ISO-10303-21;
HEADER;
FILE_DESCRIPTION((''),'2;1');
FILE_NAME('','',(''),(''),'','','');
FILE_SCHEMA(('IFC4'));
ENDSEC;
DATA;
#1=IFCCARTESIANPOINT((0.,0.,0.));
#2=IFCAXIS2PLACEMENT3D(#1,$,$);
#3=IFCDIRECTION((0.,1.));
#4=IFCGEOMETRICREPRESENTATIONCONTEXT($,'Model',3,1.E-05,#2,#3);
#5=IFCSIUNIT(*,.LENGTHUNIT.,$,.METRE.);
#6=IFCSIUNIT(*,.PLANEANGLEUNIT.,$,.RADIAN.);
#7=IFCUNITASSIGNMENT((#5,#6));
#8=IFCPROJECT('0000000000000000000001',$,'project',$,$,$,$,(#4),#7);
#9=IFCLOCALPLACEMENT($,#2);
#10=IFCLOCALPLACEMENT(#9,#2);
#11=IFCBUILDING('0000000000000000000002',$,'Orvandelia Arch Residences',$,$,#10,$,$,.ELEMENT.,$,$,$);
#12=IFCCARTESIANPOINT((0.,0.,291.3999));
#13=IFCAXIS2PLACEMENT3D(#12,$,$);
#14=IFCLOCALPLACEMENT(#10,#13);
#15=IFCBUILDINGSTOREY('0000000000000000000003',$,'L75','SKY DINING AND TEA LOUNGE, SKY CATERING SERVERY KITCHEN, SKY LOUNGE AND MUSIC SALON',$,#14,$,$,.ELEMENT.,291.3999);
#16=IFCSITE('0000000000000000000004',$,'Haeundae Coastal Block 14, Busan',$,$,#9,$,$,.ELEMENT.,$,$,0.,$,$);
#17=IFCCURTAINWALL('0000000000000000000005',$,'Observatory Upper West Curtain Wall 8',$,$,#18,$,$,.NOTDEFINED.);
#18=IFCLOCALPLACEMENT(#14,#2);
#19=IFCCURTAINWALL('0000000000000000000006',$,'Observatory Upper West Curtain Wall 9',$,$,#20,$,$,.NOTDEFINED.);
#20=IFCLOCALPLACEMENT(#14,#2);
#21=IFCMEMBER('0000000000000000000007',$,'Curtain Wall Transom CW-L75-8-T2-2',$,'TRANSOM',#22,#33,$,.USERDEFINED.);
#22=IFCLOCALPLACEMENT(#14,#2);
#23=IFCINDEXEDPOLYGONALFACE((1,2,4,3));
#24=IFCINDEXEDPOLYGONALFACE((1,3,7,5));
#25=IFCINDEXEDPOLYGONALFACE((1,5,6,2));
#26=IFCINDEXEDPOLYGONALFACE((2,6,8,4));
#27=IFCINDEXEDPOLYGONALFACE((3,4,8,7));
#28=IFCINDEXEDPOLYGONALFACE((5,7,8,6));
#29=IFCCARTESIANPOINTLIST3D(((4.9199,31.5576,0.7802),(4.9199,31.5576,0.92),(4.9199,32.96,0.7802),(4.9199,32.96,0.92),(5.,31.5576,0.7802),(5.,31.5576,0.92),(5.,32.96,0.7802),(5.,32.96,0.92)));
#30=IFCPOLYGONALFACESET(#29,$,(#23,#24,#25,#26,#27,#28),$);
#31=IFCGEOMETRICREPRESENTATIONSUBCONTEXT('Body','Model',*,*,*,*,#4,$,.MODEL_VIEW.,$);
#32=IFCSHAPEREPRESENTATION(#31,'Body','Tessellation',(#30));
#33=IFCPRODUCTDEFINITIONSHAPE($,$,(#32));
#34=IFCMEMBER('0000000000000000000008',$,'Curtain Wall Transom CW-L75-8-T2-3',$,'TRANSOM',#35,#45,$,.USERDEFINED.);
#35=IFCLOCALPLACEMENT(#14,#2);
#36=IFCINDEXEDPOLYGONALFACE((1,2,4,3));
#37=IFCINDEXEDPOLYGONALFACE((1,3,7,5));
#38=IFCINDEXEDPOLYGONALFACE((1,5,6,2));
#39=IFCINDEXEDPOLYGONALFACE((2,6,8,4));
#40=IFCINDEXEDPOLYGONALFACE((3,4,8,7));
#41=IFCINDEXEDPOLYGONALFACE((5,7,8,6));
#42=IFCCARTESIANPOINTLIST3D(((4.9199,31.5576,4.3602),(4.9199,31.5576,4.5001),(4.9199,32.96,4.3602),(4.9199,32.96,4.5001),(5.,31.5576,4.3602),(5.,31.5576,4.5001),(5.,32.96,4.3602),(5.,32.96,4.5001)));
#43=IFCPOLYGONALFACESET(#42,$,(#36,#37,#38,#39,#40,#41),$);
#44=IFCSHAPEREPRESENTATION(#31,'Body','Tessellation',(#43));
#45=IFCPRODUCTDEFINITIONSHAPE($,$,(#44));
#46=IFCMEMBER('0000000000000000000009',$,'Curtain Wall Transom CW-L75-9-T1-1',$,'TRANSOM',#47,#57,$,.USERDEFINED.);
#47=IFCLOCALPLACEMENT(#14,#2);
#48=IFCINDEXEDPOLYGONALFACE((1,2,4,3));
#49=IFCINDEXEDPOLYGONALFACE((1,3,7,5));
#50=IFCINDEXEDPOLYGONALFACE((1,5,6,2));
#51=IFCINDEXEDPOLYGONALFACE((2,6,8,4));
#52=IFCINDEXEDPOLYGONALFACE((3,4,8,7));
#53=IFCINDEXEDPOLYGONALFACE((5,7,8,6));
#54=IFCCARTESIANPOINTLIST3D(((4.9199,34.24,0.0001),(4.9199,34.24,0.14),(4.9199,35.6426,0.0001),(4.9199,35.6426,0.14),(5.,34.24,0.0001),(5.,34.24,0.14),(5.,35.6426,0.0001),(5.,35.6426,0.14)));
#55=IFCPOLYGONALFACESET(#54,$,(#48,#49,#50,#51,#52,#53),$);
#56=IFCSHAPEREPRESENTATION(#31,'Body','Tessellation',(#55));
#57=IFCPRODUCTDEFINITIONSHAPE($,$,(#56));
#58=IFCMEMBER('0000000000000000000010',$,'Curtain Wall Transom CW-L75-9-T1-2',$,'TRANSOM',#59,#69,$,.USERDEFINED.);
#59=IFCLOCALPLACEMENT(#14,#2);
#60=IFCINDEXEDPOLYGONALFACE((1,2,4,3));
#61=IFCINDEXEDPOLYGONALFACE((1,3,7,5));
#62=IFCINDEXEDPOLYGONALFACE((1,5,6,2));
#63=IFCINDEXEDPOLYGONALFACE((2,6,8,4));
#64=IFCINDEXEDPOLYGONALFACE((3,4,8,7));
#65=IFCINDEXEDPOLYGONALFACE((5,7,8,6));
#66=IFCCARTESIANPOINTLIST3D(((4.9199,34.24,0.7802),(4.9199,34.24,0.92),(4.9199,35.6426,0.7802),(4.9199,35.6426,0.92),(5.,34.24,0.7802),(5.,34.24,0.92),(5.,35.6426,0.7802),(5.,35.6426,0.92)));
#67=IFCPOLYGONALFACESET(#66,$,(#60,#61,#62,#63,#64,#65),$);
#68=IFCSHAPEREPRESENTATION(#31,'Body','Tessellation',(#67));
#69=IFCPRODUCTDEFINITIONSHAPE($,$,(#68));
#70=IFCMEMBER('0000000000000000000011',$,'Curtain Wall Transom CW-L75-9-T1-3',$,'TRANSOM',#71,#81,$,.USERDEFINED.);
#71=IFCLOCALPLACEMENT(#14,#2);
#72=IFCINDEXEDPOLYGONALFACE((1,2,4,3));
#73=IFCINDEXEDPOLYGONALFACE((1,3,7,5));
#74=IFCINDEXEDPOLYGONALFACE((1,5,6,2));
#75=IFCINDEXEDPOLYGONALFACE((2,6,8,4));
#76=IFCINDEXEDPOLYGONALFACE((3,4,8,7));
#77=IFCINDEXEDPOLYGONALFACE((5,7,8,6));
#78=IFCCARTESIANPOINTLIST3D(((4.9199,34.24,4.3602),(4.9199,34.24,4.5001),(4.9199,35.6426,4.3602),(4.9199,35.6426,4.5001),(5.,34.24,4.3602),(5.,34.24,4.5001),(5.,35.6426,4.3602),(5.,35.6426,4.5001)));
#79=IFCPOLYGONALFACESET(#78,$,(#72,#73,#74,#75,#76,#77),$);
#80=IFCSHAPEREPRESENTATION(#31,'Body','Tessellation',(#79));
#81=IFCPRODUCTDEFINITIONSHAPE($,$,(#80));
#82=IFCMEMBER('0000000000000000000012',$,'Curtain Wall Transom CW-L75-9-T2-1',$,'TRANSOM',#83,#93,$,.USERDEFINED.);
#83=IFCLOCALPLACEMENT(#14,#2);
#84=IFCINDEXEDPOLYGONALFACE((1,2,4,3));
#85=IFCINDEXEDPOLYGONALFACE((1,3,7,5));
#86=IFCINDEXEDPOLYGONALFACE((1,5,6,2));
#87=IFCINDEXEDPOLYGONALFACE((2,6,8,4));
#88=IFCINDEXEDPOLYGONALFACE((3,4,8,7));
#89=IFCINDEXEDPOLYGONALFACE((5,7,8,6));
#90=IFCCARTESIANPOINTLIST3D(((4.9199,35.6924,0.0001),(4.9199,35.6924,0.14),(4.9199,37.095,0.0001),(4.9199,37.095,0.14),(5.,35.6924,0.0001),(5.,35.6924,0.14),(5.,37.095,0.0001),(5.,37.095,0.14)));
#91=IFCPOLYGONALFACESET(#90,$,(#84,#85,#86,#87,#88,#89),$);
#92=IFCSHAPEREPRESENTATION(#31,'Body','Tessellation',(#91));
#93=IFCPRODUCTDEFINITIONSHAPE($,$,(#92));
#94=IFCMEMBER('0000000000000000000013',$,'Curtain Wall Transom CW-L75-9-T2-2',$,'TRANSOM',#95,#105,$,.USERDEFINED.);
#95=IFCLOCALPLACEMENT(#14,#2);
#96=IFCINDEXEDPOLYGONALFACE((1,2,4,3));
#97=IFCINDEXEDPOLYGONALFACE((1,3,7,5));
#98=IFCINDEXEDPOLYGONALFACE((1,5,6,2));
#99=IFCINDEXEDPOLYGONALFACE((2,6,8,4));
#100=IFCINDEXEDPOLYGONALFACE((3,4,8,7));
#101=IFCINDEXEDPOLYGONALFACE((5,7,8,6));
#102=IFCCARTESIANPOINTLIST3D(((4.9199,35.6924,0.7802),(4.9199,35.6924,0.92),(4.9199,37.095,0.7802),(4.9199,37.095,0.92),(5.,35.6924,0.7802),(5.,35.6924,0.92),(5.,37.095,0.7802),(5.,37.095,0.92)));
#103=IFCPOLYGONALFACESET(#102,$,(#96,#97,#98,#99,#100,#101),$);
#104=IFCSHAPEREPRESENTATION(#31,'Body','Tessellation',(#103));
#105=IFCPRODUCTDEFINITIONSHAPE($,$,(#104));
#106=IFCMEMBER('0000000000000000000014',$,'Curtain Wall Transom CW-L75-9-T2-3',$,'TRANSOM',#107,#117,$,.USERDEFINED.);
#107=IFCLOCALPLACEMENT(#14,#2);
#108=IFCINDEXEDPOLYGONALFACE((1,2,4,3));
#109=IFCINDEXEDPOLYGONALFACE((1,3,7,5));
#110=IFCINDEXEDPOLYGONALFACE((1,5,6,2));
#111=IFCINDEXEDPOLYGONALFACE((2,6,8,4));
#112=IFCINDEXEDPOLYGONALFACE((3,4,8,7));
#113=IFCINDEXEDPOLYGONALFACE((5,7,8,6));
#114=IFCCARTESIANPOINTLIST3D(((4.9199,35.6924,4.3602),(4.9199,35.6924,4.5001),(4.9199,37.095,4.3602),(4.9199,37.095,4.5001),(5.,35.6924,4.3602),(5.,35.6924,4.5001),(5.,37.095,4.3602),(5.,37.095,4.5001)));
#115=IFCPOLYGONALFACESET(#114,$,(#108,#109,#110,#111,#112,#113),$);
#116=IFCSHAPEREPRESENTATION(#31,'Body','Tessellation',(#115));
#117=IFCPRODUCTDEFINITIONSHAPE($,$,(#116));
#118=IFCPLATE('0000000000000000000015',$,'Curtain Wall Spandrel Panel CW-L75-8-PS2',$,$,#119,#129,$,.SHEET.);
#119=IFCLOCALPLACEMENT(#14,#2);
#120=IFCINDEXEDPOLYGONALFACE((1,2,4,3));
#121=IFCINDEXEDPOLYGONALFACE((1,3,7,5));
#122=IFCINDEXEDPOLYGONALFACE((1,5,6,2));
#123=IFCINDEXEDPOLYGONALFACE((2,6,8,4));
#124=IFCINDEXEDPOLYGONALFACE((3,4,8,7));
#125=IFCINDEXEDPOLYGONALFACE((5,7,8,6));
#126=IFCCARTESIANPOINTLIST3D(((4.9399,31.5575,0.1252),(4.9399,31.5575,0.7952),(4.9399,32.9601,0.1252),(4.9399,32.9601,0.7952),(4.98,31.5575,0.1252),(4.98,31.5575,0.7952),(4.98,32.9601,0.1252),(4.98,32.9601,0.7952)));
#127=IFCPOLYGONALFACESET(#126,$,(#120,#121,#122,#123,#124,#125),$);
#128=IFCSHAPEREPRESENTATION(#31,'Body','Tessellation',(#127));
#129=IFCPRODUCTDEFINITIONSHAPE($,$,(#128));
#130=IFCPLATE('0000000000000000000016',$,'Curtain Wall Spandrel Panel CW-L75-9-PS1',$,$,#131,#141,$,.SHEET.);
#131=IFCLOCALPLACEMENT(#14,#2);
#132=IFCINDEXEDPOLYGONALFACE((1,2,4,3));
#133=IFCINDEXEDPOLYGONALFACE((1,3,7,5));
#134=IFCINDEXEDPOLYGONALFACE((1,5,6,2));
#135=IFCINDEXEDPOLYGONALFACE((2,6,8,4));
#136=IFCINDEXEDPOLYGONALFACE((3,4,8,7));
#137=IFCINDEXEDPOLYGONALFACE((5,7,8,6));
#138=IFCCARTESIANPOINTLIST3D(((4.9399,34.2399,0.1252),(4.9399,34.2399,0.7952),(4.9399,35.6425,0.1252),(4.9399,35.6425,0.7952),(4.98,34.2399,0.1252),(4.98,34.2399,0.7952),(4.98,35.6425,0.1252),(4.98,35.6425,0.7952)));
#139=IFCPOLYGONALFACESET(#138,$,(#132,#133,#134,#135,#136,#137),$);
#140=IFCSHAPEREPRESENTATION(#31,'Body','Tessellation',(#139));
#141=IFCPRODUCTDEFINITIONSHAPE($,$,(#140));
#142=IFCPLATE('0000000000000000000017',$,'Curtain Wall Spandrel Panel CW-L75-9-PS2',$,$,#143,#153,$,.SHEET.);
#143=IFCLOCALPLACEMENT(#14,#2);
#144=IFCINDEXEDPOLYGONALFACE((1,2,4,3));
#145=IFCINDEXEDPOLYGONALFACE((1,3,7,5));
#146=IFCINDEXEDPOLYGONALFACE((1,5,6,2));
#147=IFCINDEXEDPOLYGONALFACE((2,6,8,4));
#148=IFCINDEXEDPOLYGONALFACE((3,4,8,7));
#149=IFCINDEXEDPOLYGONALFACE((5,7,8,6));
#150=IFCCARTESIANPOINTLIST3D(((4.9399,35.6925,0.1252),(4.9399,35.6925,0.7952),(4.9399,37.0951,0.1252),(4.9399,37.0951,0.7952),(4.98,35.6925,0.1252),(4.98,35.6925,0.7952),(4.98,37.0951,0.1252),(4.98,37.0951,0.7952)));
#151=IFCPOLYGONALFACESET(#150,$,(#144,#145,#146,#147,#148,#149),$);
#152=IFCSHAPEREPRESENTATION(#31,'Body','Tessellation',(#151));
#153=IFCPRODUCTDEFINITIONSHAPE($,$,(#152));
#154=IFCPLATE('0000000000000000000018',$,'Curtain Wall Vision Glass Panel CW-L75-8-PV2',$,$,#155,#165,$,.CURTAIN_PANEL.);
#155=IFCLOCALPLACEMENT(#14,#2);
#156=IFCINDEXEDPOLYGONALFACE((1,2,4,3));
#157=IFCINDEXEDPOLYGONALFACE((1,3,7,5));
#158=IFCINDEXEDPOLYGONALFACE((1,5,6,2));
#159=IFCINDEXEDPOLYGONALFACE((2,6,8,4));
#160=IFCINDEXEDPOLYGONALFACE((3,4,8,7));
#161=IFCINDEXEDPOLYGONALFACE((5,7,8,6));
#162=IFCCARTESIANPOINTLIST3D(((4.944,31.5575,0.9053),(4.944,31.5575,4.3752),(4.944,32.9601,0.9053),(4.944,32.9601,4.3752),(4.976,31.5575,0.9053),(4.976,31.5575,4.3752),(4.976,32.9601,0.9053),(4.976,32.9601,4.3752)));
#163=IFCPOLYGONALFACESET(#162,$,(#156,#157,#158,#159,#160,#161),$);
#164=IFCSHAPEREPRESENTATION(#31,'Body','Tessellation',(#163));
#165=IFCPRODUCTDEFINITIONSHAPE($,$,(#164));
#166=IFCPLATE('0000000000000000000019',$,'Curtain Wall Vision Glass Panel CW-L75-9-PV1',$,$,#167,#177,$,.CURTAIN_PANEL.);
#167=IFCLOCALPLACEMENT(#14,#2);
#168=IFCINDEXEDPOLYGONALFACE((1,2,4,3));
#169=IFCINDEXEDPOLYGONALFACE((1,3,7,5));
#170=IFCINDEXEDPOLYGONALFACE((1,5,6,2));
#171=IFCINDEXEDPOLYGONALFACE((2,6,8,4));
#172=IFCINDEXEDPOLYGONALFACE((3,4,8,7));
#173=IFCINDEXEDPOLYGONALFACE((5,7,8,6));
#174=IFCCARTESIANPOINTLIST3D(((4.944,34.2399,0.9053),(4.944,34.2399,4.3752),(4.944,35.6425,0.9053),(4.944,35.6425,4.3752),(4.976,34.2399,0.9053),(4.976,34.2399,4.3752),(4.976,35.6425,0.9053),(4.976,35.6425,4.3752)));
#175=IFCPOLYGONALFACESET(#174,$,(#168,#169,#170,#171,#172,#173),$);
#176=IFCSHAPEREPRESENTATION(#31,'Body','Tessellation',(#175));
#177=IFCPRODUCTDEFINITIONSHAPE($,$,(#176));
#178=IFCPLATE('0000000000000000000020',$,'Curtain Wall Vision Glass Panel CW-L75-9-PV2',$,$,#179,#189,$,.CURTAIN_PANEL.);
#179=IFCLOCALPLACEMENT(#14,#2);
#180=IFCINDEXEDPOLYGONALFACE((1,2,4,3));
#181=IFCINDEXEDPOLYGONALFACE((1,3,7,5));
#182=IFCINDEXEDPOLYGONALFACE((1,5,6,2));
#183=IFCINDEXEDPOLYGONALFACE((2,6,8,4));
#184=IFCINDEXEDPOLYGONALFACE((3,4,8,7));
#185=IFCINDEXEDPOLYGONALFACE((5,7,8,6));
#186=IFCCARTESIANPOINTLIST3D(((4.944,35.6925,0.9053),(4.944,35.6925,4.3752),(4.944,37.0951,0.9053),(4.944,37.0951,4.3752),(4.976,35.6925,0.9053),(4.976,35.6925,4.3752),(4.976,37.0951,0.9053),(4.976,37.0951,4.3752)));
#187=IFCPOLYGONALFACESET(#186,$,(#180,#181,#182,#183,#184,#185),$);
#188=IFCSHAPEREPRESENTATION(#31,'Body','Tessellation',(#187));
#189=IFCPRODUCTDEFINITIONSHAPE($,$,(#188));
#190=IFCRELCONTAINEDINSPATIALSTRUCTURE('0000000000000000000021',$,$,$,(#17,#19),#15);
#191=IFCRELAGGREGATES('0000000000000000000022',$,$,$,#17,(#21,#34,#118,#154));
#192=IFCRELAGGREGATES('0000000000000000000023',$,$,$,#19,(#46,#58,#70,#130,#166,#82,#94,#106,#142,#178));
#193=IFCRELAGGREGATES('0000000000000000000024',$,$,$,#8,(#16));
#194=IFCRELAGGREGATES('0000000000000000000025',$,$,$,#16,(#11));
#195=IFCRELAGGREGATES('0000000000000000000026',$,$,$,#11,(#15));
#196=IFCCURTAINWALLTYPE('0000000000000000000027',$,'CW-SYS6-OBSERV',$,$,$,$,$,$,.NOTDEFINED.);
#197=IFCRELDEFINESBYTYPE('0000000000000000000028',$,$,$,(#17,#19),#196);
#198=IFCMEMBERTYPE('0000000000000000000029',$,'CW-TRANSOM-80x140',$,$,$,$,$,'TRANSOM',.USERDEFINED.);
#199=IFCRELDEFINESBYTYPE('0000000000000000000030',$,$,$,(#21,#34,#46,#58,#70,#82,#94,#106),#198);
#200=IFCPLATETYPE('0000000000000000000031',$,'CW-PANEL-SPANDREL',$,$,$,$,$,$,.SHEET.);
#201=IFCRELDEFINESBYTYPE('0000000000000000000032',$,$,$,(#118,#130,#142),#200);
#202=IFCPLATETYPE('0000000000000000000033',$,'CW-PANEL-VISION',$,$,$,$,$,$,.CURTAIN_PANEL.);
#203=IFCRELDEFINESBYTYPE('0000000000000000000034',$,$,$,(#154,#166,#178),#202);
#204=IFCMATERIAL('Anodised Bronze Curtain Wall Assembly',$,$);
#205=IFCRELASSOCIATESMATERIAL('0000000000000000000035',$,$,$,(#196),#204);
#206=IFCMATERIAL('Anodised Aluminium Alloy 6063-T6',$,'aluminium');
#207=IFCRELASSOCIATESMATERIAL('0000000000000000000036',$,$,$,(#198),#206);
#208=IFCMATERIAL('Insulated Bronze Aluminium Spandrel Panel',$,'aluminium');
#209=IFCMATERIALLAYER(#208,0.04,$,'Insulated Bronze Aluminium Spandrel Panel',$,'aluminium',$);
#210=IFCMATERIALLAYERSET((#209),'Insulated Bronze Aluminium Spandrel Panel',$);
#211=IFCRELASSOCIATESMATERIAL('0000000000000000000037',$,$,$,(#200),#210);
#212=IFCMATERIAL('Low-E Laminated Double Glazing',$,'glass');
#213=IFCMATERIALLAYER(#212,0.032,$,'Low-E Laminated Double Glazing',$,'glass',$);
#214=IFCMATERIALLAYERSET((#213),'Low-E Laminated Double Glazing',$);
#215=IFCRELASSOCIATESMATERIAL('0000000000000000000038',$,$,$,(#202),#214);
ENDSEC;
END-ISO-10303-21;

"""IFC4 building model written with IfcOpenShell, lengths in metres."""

from ifc_helpers import new_model, si_unit, direction, frame, origin, origin_2d, place, context, subcontext, project, spatial, rectangle, extrude, material, layer, layer_set, material_profile, profile_set, type_object, element, aggregate, save


model = new_model("IFC4")

# Units and contexts
model_context = context("Model", 3, precision=1e-05, world=origin(), true_north=direction((0.0, 1.0)))
body_context = subcontext(model_context, "Body", "Model", "MODEL_VIEW")
ifc_project = project(units=[si_unit("LENGTHUNIT", "METRE"), si_unit("PLANEANGLEUNIT", "RADIAN")], contexts=[model_context])

# Site, building, storey
site_placement = place(None, origin())
site = spatial("IfcSite", under=ifc_project, at=site_placement, Name="Haeundae Coastal Block 14, Busan", CompositionType="ELEMENT", RefElevation=0.0)
building_placement = place(site_placement, origin())
building = spatial("IfcBuilding", under=site, at=building_placement, Name="Orvandelia Arch Residences", CompositionType="ELEMENT")
storey_placement = place(building_placement, frame((0.0, 0.0, 291.3999)))
storey = spatial("IfcBuildingStorey", under=building, at=storey_placement, Name="L75", Description="SKY DINING AND TEA LOUNGE, SKY CATERING SERVERY KITCHEN, SKY LOUNGE AND MUSIC SALON", CompositionType="ELEMENT", Elevation=291.3999)

# Curtain walls
ifc_material_1 = material(Name="Anodised Bronze Curtain Wall Assembly")
curtain_wall_type = type_object("IfcCurtainWallType", Name="CW-SYS6-OBSERV", PredefinedType="NOTDEFINED", material=ifc_material_1)
curtain_wall_1_placement = place(storey_placement, origin())
curtain_wall_1 = element("IfcCurtainWall", 1, at=curtain_wall_1_placement, inside=storey, type_object=curtain_wall_type, Name="Observatory Upper West Curtain Wall 8", PredefinedType="NOTDEFINED")
ifc_material_2 = material(Name="Anodised Aluminium Alloy 6063-T6", Category="aluminium")
curtain_wall_2_placement = place(storey_placement, origin())
curtain_wall_2 = element("IfcCurtainWall", 2, at=curtain_wall_2_placement, inside=storey, type_object=curtain_wall_type, Name="Observatory Upper West Curtain Wall 9", PredefinedType="NOTDEFINED")

# Members
ifc_material_profile_1 = material_profile(ifc_material_2, rectangle(XDim=0.0801, YDim=0.1399, at=origin_2d()), Name="Anodised Aluminium Alloy 6063-T6", Category="aluminium")
ifc_profile_set_1 = profile_set([ifc_material_profile_1], Name="Anodised Aluminium Alloy 6063-T6")
member_type_1 = type_object("IfcMemberType", Name="CW-TRANSOM-80x140", ElementType="TRANSOM", PredefinedType="USERDEFINED", material=ifc_profile_set_1)
member_1_placement = place(storey_placement, frame((4.96, 31.5576, 0.8501), z_axis=(0.0, 1.0, 0.0), x_axis=(-1.0, 0.0, 0.0)))
member_1 = element("IfcMember", 3, at=member_1_placement, type_object=member_type_1, Name="Curtain Wall Transom CW-L75-8-T2-2", ObjectType="TRANSOM", PredefinedType="USERDEFINED", context=body_context, shape_type="SweptSolid", body=[
    extrude(rectangle(XDim=0.0801, YDim=0.1399, at=origin_2d()), origin(), (0.0, 0.0, 1.0), 1.4023),
])
member_2_placement = place(storey_placement, frame((4.96, 31.5576, 4.4302), z_axis=(0.0, 1.0, 0.0), x_axis=(-1.0, 0.0, 0.0)))
member_2 = element("IfcMember", 4, at=member_2_placement, type_object=member_type_1, Name="Curtain Wall Transom CW-L75-8-T2-3", ObjectType="TRANSOM", PredefinedType="USERDEFINED", context=body_context, shape_type="SweptSolid", body=[
    extrude(rectangle(XDim=0.0801, YDim=0.1399, at=origin_2d()), origin(), (0.0, 0.0, 1.0), 1.4023),
])
member_3_placement = place(storey_placement, frame((4.96, 34.24, 0.0701), z_axis=(0.0, 1.0, 0.0), x_axis=(-1.0, 0.0, 0.0)))
member_3 = element("IfcMember", 5, at=member_3_placement, type_object=member_type_1, Name="Curtain Wall Transom CW-L75-9-T1-1", ObjectType="TRANSOM", PredefinedType="USERDEFINED", context=body_context, shape_type="SweptSolid", body=[
    extrude(rectangle(XDim=0.0801, YDim=0.1399, at=origin_2d()), origin(), (0.0, 0.0, 1.0), 1.4026),
])
member_4_placement = place(storey_placement, frame((4.96, 34.24, 0.8501), z_axis=(0.0, 1.0, 0.0), x_axis=(-1.0, 0.0, 0.0)))
member_4 = element("IfcMember", 6, at=member_4_placement, type_object=member_type_1, Name="Curtain Wall Transom CW-L75-9-T1-2", ObjectType="TRANSOM", PredefinedType="USERDEFINED", context=body_context, shape_type="SweptSolid", body=[
    extrude(rectangle(XDim=0.0801, YDim=0.1399, at=origin_2d()), origin(), (0.0, 0.0, 1.0), 1.4026),
])
member_5_placement = place(storey_placement, frame((4.96, 34.24, 4.4302), z_axis=(0.0, 1.0, 0.0), x_axis=(-1.0, 0.0, 0.0)))
member_5 = element("IfcMember", 7, at=member_5_placement, type_object=member_type_1, Name="Curtain Wall Transom CW-L75-9-T1-3", ObjectType="TRANSOM", PredefinedType="USERDEFINED", context=body_context, shape_type="SweptSolid", body=[
    extrude(rectangle(XDim=0.0801, YDim=0.1399, at=origin_2d()), origin(), (0.0, 0.0, 1.0), 1.4026),
])
member_6_placement = place(storey_placement, frame((4.96, 35.6924, 0.0701), z_axis=(0.0, 1.0, 0.0), x_axis=(-1.0, 0.0, 0.0)))
member_6 = element("IfcMember", 8, at=member_6_placement, type_object=member_type_1, Name="Curtain Wall Transom CW-L75-9-T2-1", ObjectType="TRANSOM", PredefinedType="USERDEFINED", context=body_context, shape_type="SweptSolid", body=[
    extrude(rectangle(XDim=0.0801, YDim=0.1399, at=origin_2d()), origin(), (0.0, 0.0, 1.0), 1.4026),
])
member_7_placement = place(storey_placement, frame((4.96, 35.6924, 0.8501), z_axis=(0.0, 1.0, 0.0), x_axis=(-1.0, 0.0, 0.0)))
member_7 = element("IfcMember", 9, at=member_7_placement, type_object=member_type_1, Name="Curtain Wall Transom CW-L75-9-T2-2", ObjectType="TRANSOM", PredefinedType="USERDEFINED", context=body_context, shape_type="SweptSolid", body=[
    extrude(rectangle(XDim=0.0801, YDim=0.1399, at=origin_2d()), origin(), (0.0, 0.0, 1.0), 1.4026),
])
member_8_placement = place(storey_placement, frame((4.96, 35.6924, 4.4302), z_axis=(0.0, 1.0, 0.0), x_axis=(-1.0, 0.0, 0.0)))
member_8 = element("IfcMember", 10, at=member_8_placement, type_object=member_type_1, Name="Curtain Wall Transom CW-L75-9-T2-3", ObjectType="TRANSOM", PredefinedType="USERDEFINED", context=body_context, shape_type="SweptSolid", body=[
    extrude(rectangle(XDim=0.0801, YDim=0.1399, at=origin_2d()), origin(), (0.0, 0.0, 1.0), 1.4026),
])

# Plates
ifc_material_3 = material(Name="Insulated Bronze Aluminium Spandrel Panel", Category="aluminium")
ifc_layer_1 = layer(ifc_material_3, 0.04, Name="Insulated Bronze Aluminium Spandrel Panel", Category="aluminium")
ifc_layer_set_1 = layer_set([ifc_layer_1], Name="Insulated Bronze Aluminium Spandrel Panel")
plate_type_1 = type_object("IfcPlateType", Name="CW-PANEL-SPANDREL", PredefinedType="SHEET", material=ifc_layer_set_1)
plate_1_placement = place(storey_placement, frame((4.96, 32.2588, 0.1252), z_axis=(0.0, 0.0, 1.0), x_axis=(0.0, 1.0, 0.0)))
plate_1 = element("IfcPlate", 11, at=plate_1_placement, type_object=plate_type_1, Name="Curtain Wall Spandrel Panel CW-L75-8-PS2", PredefinedType="SHEET", context=body_context, shape_type="SweptSolid", body=[
    extrude(rectangle(XDim=1.4026, YDim=0.04, at=origin_2d()), origin(), (0.0, 0.0, 1.0), 0.6699),
])
plate_2_placement = place(storey_placement, frame((4.96, 34.9412, 0.1252), z_axis=(0.0, 0.0, 1.0), x_axis=(0.0, 1.0, 0.0)))
plate_2 = element("IfcPlate", 12, at=plate_2_placement, type_object=plate_type_1, Name="Curtain Wall Spandrel Panel CW-L75-9-PS1", PredefinedType="SHEET", context=body_context, shape_type="SweptSolid", body=[
    extrude(rectangle(XDim=1.4026, YDim=0.04, at=origin_2d()), origin(), (0.0, 0.0, 1.0), 0.6699),
])
plate_3_placement = place(storey_placement, frame((4.96, 36.3938, 0.1252), z_axis=(0.0, 0.0, 1.0), x_axis=(0.0, 1.0, 0.0)))
plate_3 = element("IfcPlate", 13, at=plate_3_placement, type_object=plate_type_1, Name="Curtain Wall Spandrel Panel CW-L75-9-PS2", PredefinedType="SHEET", context=body_context, shape_type="SweptSolid", body=[
    extrude(rectangle(XDim=1.4026, YDim=0.04, at=origin_2d()), origin(), (0.0, 0.0, 1.0), 0.6699),
])
ifc_material_4 = material(Name="Low-E Laminated Double Glazing", Category="glass")
ifc_layer_2 = layer(ifc_material_4, 0.032, Name="Low-E Laminated Double Glazing", Category="glass")
ifc_layer_set_2 = layer_set([ifc_layer_2], Name="Low-E Laminated Double Glazing")
plate_type_2 = type_object("IfcPlateType", Name="CW-PANEL-VISION", PredefinedType="CURTAIN_PANEL", material=ifc_layer_set_2)
plate_4_placement = place(storey_placement, frame((4.96, 32.2588, 0.9053), z_axis=(0.0, 0.0, 1.0), x_axis=(0.0, 1.0, 0.0)))
plate_4 = element("IfcPlate", 14, at=plate_4_placement, type_object=plate_type_2, Name="Curtain Wall Vision Glass Panel CW-L75-8-PV2", PredefinedType="CURTAIN_PANEL", context=body_context, shape_type="SweptSolid", body=[
    extrude(rectangle(XDim=1.4026, YDim=0.032, at=origin_2d()), origin(), (0.0, 0.0, 1.0), 3.47),
])
aggregate(curtain_wall_1, [member_1, member_2, plate_1, plate_4])
plate_5_placement = place(storey_placement, frame((4.96, 34.9412, 0.9053), z_axis=(0.0, 0.0, 1.0), x_axis=(0.0, 1.0, 0.0)))
plate_5 = element("IfcPlate", 15, at=plate_5_placement, type_object=plate_type_2, Name="Curtain Wall Vision Glass Panel CW-L75-9-PV1", PredefinedType="CURTAIN_PANEL", context=body_context, shape_type="SweptSolid", body=[
    extrude(rectangle(XDim=1.4026, YDim=0.032, at=origin_2d()), origin(), (0.0, 0.0, 1.0), 3.47),
])
plate_6_placement = place(storey_placement, frame((4.96, 36.3938, 0.9053), z_axis=(0.0, 0.0, 1.0), x_axis=(0.0, 1.0, 0.0)))
plate_6 = element("IfcPlate", 16, at=plate_6_placement, type_object=plate_type_2, Name="Curtain Wall Vision Glass Panel CW-L75-9-PV2", PredefinedType="CURTAIN_PANEL", context=body_context, shape_type="SweptSolid", body=[
    extrude(rectangle(XDim=1.4026, YDim=0.032, at=origin_2d()), origin(), (0.0, 0.0, 1.0), 3.47),
])
aggregate(curtain_wall_2, [member_3, member_4, member_5, plate_2, plate_5, member_6, member_7, member_8, plate_3, plate_6])

save(model, "model.ifc")
